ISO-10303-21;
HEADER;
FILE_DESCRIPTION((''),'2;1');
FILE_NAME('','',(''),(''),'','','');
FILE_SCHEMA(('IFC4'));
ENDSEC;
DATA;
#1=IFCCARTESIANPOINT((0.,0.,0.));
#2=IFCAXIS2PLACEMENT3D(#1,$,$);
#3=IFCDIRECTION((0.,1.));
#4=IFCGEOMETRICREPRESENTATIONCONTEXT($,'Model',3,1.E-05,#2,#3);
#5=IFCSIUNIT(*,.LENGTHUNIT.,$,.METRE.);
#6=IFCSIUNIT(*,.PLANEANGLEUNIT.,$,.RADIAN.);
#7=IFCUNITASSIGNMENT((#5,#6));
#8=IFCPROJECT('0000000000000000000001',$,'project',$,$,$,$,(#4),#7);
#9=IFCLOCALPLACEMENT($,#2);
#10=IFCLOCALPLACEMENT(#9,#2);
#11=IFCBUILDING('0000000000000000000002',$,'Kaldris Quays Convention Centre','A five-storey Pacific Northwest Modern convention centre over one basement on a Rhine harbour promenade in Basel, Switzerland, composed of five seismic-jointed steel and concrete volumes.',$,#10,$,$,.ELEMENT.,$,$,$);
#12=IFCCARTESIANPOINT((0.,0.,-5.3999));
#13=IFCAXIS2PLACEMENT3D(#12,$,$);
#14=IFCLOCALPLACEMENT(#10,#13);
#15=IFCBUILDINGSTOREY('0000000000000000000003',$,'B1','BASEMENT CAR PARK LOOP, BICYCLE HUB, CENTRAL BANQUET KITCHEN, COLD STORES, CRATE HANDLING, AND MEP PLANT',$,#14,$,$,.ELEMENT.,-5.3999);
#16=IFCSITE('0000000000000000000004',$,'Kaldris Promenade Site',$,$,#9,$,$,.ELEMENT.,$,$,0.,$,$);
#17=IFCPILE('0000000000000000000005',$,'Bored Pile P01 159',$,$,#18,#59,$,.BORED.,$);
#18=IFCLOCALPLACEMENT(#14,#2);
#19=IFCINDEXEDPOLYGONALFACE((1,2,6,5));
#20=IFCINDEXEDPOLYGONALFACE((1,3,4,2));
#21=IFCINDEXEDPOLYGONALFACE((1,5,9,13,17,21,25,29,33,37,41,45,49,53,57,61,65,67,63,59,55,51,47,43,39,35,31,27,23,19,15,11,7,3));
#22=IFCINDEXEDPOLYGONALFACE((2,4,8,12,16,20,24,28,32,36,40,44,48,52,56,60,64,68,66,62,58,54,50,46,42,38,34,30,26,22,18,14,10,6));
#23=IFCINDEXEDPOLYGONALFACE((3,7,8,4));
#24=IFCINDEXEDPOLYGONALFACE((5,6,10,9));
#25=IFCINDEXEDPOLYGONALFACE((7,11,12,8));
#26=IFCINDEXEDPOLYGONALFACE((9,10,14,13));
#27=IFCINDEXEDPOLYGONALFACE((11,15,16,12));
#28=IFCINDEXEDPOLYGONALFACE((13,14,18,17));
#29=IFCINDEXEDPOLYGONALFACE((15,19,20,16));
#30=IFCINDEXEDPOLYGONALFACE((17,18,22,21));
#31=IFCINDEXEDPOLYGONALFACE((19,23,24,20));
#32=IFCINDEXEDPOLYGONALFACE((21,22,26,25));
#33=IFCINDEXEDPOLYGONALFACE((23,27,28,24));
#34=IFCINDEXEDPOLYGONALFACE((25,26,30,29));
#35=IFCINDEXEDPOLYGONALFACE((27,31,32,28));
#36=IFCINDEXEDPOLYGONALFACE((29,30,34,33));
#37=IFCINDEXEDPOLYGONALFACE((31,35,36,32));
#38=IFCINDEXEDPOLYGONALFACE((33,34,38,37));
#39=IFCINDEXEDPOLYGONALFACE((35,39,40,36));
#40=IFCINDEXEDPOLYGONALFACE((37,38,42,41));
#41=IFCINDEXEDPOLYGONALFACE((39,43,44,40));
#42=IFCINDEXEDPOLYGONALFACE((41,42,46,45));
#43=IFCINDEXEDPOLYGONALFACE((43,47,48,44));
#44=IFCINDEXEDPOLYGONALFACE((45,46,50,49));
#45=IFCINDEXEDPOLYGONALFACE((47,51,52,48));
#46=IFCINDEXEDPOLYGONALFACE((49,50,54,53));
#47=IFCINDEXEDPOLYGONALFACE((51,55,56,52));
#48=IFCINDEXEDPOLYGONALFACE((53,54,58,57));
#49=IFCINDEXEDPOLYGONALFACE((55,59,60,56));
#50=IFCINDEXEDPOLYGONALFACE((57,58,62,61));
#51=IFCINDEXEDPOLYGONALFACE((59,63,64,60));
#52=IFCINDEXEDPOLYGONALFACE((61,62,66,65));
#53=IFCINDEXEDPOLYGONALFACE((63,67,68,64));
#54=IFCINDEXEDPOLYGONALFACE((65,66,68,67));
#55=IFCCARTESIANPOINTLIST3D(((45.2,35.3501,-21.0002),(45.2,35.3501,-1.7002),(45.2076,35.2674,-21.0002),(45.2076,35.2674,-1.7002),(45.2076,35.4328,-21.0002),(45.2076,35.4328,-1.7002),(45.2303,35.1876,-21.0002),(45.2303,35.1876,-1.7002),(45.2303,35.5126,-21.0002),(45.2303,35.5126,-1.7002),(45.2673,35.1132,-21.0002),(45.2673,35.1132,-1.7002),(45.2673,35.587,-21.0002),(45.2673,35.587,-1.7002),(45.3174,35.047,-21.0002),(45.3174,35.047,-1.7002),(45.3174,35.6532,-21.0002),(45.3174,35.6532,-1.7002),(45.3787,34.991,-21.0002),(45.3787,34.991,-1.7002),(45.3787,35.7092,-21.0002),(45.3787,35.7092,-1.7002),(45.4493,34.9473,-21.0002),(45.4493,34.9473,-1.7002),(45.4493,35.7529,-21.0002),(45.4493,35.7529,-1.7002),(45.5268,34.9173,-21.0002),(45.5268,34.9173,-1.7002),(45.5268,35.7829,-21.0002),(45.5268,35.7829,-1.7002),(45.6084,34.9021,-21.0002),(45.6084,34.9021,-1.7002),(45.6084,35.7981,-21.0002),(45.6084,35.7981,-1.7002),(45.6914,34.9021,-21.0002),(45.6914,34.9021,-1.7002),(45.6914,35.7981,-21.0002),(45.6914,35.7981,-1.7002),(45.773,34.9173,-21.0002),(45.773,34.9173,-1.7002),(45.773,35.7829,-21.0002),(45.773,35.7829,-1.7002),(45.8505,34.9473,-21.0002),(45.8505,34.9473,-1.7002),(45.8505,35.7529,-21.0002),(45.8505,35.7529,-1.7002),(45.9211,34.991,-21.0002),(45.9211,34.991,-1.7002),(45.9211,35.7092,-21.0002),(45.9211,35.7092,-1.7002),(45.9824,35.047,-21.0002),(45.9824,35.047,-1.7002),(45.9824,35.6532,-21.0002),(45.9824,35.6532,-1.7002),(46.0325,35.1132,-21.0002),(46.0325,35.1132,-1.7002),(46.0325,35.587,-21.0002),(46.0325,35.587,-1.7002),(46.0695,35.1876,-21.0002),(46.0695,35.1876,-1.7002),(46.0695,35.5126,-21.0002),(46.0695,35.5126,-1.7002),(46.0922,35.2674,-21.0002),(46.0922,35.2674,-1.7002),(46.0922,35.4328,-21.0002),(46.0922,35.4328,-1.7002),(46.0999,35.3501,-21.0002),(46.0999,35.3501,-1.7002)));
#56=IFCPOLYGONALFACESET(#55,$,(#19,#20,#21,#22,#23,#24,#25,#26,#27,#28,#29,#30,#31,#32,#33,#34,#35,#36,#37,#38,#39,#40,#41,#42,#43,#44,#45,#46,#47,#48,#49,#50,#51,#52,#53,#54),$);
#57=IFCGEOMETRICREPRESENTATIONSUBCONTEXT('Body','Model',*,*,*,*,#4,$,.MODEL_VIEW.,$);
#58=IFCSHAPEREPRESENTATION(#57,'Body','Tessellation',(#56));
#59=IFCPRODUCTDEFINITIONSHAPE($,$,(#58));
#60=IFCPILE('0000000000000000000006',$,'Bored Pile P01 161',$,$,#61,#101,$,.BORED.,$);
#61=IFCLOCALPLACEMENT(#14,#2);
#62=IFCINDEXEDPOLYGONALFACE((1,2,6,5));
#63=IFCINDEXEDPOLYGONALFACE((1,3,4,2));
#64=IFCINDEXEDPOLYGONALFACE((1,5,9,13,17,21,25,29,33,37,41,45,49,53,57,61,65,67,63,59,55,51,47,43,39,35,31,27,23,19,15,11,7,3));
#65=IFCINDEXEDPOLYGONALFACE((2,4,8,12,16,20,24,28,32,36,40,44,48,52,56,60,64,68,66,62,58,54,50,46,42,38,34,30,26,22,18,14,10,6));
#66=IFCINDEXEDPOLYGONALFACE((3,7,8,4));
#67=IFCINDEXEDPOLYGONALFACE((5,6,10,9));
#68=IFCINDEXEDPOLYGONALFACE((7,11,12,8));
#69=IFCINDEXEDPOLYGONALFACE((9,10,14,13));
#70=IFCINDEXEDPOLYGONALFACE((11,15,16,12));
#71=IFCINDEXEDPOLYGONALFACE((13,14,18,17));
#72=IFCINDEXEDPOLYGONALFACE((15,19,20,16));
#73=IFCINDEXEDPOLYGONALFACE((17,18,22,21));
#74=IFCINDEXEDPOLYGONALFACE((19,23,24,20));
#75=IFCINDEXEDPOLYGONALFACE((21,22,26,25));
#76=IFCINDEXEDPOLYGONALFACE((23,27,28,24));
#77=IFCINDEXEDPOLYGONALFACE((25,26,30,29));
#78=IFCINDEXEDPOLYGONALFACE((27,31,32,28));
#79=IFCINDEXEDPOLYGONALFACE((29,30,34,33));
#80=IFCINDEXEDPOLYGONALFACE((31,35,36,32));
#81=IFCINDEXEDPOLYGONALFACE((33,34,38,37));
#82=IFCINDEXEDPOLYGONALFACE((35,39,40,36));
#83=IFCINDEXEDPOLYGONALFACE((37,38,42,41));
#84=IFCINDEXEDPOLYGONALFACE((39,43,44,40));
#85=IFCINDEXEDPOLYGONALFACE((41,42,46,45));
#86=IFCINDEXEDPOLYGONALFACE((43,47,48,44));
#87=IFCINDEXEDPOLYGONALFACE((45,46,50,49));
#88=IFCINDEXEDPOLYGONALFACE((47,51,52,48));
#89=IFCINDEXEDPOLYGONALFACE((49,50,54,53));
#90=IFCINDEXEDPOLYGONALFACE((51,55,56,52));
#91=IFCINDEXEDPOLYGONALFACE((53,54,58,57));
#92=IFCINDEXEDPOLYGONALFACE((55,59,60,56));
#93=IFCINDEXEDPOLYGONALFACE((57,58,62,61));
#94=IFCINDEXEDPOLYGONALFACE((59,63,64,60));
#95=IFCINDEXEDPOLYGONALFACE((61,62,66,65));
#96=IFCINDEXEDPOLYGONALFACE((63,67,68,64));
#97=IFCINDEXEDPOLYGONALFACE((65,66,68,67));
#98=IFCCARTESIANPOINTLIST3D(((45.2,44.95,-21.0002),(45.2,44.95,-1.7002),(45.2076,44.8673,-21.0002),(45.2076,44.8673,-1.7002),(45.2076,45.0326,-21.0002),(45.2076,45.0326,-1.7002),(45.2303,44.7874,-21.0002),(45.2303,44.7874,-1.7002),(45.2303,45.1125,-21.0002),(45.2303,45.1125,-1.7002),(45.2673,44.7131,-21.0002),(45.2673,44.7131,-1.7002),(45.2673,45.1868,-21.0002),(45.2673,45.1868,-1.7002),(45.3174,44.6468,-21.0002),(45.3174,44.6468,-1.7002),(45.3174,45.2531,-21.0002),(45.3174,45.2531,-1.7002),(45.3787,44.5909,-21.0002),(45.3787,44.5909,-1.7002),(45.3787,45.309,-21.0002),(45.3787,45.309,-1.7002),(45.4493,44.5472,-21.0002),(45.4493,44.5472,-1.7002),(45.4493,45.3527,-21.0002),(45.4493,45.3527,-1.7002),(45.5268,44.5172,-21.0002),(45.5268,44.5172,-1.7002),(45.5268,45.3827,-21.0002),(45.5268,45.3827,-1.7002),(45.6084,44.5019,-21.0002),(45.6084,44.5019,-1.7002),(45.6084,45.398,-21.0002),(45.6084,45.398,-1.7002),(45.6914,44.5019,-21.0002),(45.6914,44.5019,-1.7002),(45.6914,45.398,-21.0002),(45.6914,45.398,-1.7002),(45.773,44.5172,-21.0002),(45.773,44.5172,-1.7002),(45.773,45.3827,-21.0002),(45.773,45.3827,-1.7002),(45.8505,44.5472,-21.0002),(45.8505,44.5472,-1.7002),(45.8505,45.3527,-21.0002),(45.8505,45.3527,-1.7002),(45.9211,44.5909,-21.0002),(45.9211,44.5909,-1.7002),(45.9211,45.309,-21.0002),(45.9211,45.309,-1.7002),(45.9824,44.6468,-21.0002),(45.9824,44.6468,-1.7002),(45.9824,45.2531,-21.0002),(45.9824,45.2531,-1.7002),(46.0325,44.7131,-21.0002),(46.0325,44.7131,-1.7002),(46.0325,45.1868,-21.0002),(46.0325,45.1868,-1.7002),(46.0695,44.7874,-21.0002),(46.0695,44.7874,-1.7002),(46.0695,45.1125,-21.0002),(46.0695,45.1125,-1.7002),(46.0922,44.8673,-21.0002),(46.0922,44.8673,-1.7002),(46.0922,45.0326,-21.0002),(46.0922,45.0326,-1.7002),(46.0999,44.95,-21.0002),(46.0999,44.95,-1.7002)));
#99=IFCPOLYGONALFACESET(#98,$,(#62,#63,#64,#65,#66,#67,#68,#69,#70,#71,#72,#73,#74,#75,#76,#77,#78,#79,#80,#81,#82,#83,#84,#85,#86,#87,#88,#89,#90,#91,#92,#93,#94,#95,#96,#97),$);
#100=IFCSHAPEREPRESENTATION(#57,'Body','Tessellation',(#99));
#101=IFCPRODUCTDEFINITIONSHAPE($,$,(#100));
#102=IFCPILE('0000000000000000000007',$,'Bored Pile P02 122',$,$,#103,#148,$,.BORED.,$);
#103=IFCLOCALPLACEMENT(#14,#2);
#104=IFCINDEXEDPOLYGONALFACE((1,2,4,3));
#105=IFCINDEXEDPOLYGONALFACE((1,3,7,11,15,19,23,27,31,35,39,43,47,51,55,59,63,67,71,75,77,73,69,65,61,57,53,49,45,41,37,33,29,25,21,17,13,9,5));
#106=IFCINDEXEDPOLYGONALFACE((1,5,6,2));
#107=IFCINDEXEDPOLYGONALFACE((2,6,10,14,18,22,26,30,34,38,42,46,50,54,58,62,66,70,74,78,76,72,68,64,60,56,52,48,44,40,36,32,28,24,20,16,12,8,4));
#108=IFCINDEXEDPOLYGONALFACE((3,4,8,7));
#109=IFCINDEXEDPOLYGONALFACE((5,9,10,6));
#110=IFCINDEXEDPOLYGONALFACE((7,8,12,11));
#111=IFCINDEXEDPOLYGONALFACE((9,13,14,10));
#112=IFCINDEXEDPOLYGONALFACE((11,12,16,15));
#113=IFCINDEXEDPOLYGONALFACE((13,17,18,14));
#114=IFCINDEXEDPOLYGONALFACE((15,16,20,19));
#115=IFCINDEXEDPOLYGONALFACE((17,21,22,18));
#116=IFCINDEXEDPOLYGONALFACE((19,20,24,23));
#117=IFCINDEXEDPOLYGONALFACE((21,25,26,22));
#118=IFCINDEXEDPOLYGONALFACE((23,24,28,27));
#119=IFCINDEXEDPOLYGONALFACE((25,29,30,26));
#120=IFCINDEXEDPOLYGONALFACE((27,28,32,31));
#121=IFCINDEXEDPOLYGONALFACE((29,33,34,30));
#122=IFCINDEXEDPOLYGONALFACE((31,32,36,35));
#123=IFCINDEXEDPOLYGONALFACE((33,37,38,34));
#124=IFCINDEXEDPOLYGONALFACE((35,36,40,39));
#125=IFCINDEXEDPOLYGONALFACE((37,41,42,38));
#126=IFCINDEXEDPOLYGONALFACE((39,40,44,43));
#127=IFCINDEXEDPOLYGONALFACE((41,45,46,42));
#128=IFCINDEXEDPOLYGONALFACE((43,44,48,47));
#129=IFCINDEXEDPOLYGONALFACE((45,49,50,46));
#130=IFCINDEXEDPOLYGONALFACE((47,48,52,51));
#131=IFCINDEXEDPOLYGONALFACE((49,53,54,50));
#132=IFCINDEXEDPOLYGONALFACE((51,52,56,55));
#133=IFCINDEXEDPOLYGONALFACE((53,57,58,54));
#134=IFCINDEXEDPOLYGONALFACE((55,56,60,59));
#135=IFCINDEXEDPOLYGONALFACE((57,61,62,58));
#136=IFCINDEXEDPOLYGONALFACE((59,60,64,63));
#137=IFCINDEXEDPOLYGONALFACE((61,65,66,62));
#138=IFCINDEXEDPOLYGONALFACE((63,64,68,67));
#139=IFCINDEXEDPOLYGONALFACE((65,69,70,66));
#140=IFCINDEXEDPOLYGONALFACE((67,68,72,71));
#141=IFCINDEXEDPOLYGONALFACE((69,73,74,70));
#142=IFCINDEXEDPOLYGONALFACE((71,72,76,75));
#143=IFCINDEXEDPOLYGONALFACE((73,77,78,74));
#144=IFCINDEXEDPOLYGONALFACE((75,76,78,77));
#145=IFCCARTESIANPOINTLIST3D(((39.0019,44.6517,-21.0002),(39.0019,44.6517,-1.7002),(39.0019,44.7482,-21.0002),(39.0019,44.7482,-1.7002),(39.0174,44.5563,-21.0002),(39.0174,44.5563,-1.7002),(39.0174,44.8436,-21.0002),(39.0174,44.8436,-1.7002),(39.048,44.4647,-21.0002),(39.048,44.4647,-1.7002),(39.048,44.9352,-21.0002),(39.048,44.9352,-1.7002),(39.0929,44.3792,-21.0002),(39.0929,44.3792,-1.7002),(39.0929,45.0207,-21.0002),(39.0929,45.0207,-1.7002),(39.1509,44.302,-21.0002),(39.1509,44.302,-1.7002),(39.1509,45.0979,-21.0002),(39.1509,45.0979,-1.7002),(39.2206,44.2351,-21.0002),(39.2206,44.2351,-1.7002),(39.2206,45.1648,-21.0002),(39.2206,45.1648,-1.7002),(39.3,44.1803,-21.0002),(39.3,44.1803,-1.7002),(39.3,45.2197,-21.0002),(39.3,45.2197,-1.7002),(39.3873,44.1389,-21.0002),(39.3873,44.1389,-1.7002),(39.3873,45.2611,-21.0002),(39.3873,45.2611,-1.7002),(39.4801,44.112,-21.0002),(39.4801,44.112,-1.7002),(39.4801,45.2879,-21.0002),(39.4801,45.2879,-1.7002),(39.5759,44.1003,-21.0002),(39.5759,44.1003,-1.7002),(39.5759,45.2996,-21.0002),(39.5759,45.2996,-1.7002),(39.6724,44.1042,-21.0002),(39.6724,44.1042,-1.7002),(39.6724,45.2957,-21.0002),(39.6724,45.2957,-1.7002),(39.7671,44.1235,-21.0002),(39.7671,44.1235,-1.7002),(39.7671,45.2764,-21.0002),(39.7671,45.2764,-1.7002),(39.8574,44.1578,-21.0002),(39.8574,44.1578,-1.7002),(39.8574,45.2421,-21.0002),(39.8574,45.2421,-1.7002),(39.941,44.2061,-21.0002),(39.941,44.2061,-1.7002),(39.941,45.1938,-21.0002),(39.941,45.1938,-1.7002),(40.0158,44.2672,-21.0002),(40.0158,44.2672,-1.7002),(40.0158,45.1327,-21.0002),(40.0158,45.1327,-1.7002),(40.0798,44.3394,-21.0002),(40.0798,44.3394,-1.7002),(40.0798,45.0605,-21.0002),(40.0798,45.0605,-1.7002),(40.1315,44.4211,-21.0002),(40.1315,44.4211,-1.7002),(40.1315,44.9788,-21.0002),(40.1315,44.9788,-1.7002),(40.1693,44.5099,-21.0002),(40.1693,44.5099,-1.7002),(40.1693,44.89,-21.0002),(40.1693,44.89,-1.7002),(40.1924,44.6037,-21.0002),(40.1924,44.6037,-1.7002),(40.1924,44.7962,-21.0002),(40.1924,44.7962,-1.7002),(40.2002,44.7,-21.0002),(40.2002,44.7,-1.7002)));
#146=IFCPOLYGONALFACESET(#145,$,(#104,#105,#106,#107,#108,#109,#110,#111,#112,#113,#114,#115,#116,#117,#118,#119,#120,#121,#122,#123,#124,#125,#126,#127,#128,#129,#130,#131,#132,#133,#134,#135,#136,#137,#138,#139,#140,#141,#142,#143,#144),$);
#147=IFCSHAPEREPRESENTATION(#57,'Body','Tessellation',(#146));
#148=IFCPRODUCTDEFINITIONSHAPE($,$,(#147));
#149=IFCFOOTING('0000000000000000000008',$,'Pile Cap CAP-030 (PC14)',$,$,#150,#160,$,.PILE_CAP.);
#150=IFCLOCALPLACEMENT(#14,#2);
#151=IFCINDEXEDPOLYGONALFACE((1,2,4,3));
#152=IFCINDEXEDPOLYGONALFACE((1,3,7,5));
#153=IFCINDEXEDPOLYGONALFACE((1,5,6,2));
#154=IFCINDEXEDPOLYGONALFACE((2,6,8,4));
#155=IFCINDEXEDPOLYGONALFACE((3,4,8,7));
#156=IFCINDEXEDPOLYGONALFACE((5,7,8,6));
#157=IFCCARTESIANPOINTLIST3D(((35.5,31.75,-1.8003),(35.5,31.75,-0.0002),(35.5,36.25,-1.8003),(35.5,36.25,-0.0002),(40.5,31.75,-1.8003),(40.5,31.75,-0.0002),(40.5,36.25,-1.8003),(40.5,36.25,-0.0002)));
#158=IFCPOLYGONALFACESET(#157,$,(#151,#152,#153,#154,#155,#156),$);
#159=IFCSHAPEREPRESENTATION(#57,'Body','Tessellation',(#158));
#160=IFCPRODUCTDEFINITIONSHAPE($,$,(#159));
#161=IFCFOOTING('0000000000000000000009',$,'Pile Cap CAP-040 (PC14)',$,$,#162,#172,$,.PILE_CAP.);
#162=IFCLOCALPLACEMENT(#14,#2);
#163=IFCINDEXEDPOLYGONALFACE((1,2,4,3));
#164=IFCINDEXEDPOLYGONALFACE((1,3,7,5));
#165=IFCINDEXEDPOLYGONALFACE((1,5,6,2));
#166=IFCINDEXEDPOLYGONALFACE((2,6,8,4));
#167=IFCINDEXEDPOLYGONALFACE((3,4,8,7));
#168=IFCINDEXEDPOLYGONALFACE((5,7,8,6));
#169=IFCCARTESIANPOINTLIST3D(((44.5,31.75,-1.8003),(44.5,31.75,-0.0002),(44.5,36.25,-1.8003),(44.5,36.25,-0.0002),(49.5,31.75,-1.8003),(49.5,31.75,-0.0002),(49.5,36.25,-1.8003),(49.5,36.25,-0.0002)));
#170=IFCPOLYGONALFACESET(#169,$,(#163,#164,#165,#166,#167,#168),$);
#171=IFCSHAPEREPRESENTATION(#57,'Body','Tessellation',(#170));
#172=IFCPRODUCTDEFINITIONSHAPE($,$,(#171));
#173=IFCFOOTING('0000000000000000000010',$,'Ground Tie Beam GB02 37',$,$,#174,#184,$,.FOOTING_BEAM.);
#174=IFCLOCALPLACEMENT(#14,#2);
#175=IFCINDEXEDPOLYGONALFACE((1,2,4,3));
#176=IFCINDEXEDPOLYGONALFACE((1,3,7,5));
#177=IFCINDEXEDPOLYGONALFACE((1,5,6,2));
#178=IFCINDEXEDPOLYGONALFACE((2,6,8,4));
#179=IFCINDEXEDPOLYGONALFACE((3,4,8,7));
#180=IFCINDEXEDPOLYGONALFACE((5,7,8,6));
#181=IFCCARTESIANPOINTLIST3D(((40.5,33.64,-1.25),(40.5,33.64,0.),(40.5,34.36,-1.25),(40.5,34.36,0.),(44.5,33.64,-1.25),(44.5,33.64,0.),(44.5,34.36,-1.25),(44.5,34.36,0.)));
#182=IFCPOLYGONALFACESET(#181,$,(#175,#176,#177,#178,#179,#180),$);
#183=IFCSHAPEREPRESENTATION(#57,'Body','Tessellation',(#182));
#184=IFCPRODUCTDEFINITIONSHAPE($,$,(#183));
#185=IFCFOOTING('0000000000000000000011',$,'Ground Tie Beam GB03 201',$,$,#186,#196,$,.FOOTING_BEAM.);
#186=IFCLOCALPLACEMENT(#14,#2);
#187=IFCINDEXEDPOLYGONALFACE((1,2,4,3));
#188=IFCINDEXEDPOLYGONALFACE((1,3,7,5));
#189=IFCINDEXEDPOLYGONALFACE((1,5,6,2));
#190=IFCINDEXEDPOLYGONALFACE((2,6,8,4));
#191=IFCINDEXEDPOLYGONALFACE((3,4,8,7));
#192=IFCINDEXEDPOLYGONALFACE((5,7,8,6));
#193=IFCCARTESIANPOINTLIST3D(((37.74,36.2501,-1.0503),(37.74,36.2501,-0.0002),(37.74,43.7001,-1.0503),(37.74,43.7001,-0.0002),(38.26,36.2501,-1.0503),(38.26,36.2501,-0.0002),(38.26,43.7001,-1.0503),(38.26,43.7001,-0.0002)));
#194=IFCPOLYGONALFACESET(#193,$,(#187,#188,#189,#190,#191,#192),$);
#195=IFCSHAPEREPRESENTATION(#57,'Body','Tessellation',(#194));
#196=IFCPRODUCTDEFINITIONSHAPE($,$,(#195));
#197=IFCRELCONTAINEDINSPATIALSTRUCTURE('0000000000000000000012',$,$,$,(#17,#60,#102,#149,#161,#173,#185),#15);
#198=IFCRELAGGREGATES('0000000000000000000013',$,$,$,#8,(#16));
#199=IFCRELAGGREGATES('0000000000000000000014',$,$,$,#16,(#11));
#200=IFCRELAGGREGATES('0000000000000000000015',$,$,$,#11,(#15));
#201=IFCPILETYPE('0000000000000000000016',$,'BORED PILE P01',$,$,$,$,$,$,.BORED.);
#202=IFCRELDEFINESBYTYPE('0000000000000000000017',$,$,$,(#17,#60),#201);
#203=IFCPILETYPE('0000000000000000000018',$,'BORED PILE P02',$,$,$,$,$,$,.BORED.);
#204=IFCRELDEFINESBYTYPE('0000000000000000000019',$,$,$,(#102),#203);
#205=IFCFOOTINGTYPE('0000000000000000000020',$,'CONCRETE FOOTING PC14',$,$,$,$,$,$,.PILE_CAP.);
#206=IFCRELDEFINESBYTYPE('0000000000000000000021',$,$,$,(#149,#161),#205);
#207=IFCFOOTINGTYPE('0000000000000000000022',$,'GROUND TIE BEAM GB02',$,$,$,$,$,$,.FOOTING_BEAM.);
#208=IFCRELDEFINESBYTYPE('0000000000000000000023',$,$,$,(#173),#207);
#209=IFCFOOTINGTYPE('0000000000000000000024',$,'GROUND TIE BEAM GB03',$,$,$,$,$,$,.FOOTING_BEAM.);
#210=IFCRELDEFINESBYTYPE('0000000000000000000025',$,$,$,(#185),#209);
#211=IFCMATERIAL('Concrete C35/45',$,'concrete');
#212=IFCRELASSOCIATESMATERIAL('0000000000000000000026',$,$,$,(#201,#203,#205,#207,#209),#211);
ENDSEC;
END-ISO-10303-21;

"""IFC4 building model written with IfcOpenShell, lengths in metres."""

from ifc_helpers import new_model, si_unit, direction, frame, origin, origin_2d, place, context, subcontext, project, spatial, rectangle, circle, extrude, material, material_profile, profile_set, type_object, element, save


model = new_model("IFC4")

# Units and contexts
model_context = context("Model", 3, precision=1e-05, world=origin(), true_north=direction((0.0, 1.0)))
body_context = subcontext(model_context, "Body", "Model", "MODEL_VIEW")
ifc_project = project(units=[si_unit("LENGTHUNIT", "METRE"), si_unit("PLANEANGLEUNIT", "RADIAN")], contexts=[model_context])

# Site, building, storey
site_placement = place(None, origin())
site = spatial("IfcSite", under=ifc_project, at=site_placement, Name="Kaldris Promenade Site", CompositionType="ELEMENT", RefElevation=0.0)
building_placement = place(site_placement, origin())
building = spatial("IfcBuilding", under=site, at=building_placement, Name="Kaldris Quays Convention Centre", Description="A five-storey Pacific Northwest Modern convention centre over one basement on a Rhine harbour promenade in Basel, Switzerland, composed of five seismic-jointed steel and concrete volumes.", CompositionType="ELEMENT")
storey_placement = place(building_placement, frame((0.0, 0.0, -5.3999)))
storey = spatial("IfcBuildingStorey", under=building, at=storey_placement, Name="B1", Description="BASEMENT CAR PARK LOOP, BICYCLE HUB, CENTRAL BANQUET KITCHEN, COLD STORES, CRATE HANDLING, AND MEP PLANT", CompositionType="ELEMENT", Elevation=-5.3999)

# Piles
ifc_material_1 = material(Name="Concrete C35/45", Category="concrete")
ifc_material_profile_1 = material_profile(ifc_material_1, circle(Radius=0.45, at=origin_2d()), Name="BORED PILE D900")
ifc_profile_set_1 = profile_set([ifc_material_profile_1], Name="Concrete C35/45")
pile_type_1 = type_object("IfcPileType", Name="BORED PILE P01", PredefinedType="BORED", material=ifc_profile_set_1)
for number, where, z_axis, x_axis, name in (
    (1, (45.6499, 35.3501, -1.7002), (0.0, 0.0, -1.0), (1.0, 0.0, 0.0), "Bored Pile P01 159"),
    (2, (45.6499, 44.95, -1.7002), (0.0, 0.0, -1.0), (1.0, 0.0, 0.0), "Bored Pile P01 161"),
):
    element("IfcPile", number, at=place(storey_placement, frame(where, z_axis=z_axis, x_axis=x_axis)), inside=storey, type_object=pile_type_1, Name=name, PredefinedType="BORED", context=body_context, shape_type="SweptSolid", body=[
        extrude(circle(Radius=0.45, at=origin_2d()), origin(), (0.0, 0.0, 1.0), 19.3),
    ])
ifc_material_profile_2 = material_profile(ifc_material_1, circle(Radius=0.6001, at=origin_2d()), Name="BORED PILE D1200")
ifc_profile_set_2 = profile_set([ifc_material_profile_2], Name="Concrete C35/45")
pile_type_2 = type_object("IfcPileType", Name="BORED PILE P02", PredefinedType="BORED", material=ifc_profile_set_2)
pile_placement = place(storey_placement, frame((39.6001, 44.7, -1.7002), z_axis=(0.0, 0.0, -1.0), x_axis=(1.0, 0.0, 0.0)))
element("IfcPile", 3, at=pile_placement, inside=storey, type_object=pile_type_2, Name="Bored Pile P02 122", PredefinedType="BORED", context=body_context, shape_type="SweptSolid", body=[
    extrude(circle(Radius=0.6001, at=origin_2d()), origin(), (0.0, 0.0, 1.0), 19.3),
])

# Footings
footing_type_1 = type_object("IfcFootingType", Name="CONCRETE FOOTING PC14", PredefinedType="PILE_CAP", material=ifc_material_1)
for number, where, z_axis, x_axis, name in (
    (4, (38.0, 34.0, -1.8003), (0.0, 0.0, 1.0), (1.0, 0.0, 0.0), "Pile Cap CAP-030 (PC14)"),
    (5, (47.0, 34.0, -1.8003), (0.0, 0.0, 1.0), (1.0, 0.0, 0.0), "Pile Cap CAP-040 (PC14)"),
):
    element("IfcFooting", number, at=place(storey_placement, frame(where, z_axis=z_axis, x_axis=x_axis)), inside=storey, type_object=footing_type_1, Name=name, PredefinedType="PILE_CAP", context=body_context, shape_type="SweptSolid", body=[
        extrude(rectangle(XDim=5.0, YDim=4.5, at=origin_2d()), origin(), (0.0, 0.0, 1.0), 1.8),
    ])
footing_type_2 = type_object("IfcFootingType", Name="GROUND TIE BEAM GB02", PredefinedType="FOOTING_BEAM", material=ifc_material_1)
footing_1_placement = place(storey_placement, frame((42.5, 34.0, -1.25), z_axis=(0.0, 0.0, 1.0), x_axis=(1.0, 0.0, 0.0)))
element("IfcFooting", 6, at=footing_1_placement, inside=storey, type_object=footing_type_2, Name="Ground Tie Beam GB02 37", PredefinedType="FOOTING_BEAM", context=body_context, shape_type="SweptSolid", body=[
    extrude(rectangle(XDim=4.0, YDim=0.72, at=origin_2d()), origin(), (0.0, 0.0, 1.0), 1.25),
])
footing_type_3 = type_object("IfcFootingType", Name="GROUND TIE BEAM GB03", PredefinedType="FOOTING_BEAM", material=ifc_material_1)
footing_2_placement = place(storey_placement, frame((38.0, 39.9751, -1.0503), z_axis=(0.0, 0.0, 1.0), x_axis=(1.0, 0.0, 0.0)))
element("IfcFooting", 7, at=footing_2_placement, inside=storey, type_object=footing_type_3, Name="Ground Tie Beam GB03 201", PredefinedType="FOOTING_BEAM", context=body_context, shape_type="SweptSolid", body=[
    extrude(rectangle(XDim=0.52, YDim=7.45, at=origin_2d()), origin(), (0.0, 0.0, 1.0), 1.05),
])

save(model, "model.ifc")
